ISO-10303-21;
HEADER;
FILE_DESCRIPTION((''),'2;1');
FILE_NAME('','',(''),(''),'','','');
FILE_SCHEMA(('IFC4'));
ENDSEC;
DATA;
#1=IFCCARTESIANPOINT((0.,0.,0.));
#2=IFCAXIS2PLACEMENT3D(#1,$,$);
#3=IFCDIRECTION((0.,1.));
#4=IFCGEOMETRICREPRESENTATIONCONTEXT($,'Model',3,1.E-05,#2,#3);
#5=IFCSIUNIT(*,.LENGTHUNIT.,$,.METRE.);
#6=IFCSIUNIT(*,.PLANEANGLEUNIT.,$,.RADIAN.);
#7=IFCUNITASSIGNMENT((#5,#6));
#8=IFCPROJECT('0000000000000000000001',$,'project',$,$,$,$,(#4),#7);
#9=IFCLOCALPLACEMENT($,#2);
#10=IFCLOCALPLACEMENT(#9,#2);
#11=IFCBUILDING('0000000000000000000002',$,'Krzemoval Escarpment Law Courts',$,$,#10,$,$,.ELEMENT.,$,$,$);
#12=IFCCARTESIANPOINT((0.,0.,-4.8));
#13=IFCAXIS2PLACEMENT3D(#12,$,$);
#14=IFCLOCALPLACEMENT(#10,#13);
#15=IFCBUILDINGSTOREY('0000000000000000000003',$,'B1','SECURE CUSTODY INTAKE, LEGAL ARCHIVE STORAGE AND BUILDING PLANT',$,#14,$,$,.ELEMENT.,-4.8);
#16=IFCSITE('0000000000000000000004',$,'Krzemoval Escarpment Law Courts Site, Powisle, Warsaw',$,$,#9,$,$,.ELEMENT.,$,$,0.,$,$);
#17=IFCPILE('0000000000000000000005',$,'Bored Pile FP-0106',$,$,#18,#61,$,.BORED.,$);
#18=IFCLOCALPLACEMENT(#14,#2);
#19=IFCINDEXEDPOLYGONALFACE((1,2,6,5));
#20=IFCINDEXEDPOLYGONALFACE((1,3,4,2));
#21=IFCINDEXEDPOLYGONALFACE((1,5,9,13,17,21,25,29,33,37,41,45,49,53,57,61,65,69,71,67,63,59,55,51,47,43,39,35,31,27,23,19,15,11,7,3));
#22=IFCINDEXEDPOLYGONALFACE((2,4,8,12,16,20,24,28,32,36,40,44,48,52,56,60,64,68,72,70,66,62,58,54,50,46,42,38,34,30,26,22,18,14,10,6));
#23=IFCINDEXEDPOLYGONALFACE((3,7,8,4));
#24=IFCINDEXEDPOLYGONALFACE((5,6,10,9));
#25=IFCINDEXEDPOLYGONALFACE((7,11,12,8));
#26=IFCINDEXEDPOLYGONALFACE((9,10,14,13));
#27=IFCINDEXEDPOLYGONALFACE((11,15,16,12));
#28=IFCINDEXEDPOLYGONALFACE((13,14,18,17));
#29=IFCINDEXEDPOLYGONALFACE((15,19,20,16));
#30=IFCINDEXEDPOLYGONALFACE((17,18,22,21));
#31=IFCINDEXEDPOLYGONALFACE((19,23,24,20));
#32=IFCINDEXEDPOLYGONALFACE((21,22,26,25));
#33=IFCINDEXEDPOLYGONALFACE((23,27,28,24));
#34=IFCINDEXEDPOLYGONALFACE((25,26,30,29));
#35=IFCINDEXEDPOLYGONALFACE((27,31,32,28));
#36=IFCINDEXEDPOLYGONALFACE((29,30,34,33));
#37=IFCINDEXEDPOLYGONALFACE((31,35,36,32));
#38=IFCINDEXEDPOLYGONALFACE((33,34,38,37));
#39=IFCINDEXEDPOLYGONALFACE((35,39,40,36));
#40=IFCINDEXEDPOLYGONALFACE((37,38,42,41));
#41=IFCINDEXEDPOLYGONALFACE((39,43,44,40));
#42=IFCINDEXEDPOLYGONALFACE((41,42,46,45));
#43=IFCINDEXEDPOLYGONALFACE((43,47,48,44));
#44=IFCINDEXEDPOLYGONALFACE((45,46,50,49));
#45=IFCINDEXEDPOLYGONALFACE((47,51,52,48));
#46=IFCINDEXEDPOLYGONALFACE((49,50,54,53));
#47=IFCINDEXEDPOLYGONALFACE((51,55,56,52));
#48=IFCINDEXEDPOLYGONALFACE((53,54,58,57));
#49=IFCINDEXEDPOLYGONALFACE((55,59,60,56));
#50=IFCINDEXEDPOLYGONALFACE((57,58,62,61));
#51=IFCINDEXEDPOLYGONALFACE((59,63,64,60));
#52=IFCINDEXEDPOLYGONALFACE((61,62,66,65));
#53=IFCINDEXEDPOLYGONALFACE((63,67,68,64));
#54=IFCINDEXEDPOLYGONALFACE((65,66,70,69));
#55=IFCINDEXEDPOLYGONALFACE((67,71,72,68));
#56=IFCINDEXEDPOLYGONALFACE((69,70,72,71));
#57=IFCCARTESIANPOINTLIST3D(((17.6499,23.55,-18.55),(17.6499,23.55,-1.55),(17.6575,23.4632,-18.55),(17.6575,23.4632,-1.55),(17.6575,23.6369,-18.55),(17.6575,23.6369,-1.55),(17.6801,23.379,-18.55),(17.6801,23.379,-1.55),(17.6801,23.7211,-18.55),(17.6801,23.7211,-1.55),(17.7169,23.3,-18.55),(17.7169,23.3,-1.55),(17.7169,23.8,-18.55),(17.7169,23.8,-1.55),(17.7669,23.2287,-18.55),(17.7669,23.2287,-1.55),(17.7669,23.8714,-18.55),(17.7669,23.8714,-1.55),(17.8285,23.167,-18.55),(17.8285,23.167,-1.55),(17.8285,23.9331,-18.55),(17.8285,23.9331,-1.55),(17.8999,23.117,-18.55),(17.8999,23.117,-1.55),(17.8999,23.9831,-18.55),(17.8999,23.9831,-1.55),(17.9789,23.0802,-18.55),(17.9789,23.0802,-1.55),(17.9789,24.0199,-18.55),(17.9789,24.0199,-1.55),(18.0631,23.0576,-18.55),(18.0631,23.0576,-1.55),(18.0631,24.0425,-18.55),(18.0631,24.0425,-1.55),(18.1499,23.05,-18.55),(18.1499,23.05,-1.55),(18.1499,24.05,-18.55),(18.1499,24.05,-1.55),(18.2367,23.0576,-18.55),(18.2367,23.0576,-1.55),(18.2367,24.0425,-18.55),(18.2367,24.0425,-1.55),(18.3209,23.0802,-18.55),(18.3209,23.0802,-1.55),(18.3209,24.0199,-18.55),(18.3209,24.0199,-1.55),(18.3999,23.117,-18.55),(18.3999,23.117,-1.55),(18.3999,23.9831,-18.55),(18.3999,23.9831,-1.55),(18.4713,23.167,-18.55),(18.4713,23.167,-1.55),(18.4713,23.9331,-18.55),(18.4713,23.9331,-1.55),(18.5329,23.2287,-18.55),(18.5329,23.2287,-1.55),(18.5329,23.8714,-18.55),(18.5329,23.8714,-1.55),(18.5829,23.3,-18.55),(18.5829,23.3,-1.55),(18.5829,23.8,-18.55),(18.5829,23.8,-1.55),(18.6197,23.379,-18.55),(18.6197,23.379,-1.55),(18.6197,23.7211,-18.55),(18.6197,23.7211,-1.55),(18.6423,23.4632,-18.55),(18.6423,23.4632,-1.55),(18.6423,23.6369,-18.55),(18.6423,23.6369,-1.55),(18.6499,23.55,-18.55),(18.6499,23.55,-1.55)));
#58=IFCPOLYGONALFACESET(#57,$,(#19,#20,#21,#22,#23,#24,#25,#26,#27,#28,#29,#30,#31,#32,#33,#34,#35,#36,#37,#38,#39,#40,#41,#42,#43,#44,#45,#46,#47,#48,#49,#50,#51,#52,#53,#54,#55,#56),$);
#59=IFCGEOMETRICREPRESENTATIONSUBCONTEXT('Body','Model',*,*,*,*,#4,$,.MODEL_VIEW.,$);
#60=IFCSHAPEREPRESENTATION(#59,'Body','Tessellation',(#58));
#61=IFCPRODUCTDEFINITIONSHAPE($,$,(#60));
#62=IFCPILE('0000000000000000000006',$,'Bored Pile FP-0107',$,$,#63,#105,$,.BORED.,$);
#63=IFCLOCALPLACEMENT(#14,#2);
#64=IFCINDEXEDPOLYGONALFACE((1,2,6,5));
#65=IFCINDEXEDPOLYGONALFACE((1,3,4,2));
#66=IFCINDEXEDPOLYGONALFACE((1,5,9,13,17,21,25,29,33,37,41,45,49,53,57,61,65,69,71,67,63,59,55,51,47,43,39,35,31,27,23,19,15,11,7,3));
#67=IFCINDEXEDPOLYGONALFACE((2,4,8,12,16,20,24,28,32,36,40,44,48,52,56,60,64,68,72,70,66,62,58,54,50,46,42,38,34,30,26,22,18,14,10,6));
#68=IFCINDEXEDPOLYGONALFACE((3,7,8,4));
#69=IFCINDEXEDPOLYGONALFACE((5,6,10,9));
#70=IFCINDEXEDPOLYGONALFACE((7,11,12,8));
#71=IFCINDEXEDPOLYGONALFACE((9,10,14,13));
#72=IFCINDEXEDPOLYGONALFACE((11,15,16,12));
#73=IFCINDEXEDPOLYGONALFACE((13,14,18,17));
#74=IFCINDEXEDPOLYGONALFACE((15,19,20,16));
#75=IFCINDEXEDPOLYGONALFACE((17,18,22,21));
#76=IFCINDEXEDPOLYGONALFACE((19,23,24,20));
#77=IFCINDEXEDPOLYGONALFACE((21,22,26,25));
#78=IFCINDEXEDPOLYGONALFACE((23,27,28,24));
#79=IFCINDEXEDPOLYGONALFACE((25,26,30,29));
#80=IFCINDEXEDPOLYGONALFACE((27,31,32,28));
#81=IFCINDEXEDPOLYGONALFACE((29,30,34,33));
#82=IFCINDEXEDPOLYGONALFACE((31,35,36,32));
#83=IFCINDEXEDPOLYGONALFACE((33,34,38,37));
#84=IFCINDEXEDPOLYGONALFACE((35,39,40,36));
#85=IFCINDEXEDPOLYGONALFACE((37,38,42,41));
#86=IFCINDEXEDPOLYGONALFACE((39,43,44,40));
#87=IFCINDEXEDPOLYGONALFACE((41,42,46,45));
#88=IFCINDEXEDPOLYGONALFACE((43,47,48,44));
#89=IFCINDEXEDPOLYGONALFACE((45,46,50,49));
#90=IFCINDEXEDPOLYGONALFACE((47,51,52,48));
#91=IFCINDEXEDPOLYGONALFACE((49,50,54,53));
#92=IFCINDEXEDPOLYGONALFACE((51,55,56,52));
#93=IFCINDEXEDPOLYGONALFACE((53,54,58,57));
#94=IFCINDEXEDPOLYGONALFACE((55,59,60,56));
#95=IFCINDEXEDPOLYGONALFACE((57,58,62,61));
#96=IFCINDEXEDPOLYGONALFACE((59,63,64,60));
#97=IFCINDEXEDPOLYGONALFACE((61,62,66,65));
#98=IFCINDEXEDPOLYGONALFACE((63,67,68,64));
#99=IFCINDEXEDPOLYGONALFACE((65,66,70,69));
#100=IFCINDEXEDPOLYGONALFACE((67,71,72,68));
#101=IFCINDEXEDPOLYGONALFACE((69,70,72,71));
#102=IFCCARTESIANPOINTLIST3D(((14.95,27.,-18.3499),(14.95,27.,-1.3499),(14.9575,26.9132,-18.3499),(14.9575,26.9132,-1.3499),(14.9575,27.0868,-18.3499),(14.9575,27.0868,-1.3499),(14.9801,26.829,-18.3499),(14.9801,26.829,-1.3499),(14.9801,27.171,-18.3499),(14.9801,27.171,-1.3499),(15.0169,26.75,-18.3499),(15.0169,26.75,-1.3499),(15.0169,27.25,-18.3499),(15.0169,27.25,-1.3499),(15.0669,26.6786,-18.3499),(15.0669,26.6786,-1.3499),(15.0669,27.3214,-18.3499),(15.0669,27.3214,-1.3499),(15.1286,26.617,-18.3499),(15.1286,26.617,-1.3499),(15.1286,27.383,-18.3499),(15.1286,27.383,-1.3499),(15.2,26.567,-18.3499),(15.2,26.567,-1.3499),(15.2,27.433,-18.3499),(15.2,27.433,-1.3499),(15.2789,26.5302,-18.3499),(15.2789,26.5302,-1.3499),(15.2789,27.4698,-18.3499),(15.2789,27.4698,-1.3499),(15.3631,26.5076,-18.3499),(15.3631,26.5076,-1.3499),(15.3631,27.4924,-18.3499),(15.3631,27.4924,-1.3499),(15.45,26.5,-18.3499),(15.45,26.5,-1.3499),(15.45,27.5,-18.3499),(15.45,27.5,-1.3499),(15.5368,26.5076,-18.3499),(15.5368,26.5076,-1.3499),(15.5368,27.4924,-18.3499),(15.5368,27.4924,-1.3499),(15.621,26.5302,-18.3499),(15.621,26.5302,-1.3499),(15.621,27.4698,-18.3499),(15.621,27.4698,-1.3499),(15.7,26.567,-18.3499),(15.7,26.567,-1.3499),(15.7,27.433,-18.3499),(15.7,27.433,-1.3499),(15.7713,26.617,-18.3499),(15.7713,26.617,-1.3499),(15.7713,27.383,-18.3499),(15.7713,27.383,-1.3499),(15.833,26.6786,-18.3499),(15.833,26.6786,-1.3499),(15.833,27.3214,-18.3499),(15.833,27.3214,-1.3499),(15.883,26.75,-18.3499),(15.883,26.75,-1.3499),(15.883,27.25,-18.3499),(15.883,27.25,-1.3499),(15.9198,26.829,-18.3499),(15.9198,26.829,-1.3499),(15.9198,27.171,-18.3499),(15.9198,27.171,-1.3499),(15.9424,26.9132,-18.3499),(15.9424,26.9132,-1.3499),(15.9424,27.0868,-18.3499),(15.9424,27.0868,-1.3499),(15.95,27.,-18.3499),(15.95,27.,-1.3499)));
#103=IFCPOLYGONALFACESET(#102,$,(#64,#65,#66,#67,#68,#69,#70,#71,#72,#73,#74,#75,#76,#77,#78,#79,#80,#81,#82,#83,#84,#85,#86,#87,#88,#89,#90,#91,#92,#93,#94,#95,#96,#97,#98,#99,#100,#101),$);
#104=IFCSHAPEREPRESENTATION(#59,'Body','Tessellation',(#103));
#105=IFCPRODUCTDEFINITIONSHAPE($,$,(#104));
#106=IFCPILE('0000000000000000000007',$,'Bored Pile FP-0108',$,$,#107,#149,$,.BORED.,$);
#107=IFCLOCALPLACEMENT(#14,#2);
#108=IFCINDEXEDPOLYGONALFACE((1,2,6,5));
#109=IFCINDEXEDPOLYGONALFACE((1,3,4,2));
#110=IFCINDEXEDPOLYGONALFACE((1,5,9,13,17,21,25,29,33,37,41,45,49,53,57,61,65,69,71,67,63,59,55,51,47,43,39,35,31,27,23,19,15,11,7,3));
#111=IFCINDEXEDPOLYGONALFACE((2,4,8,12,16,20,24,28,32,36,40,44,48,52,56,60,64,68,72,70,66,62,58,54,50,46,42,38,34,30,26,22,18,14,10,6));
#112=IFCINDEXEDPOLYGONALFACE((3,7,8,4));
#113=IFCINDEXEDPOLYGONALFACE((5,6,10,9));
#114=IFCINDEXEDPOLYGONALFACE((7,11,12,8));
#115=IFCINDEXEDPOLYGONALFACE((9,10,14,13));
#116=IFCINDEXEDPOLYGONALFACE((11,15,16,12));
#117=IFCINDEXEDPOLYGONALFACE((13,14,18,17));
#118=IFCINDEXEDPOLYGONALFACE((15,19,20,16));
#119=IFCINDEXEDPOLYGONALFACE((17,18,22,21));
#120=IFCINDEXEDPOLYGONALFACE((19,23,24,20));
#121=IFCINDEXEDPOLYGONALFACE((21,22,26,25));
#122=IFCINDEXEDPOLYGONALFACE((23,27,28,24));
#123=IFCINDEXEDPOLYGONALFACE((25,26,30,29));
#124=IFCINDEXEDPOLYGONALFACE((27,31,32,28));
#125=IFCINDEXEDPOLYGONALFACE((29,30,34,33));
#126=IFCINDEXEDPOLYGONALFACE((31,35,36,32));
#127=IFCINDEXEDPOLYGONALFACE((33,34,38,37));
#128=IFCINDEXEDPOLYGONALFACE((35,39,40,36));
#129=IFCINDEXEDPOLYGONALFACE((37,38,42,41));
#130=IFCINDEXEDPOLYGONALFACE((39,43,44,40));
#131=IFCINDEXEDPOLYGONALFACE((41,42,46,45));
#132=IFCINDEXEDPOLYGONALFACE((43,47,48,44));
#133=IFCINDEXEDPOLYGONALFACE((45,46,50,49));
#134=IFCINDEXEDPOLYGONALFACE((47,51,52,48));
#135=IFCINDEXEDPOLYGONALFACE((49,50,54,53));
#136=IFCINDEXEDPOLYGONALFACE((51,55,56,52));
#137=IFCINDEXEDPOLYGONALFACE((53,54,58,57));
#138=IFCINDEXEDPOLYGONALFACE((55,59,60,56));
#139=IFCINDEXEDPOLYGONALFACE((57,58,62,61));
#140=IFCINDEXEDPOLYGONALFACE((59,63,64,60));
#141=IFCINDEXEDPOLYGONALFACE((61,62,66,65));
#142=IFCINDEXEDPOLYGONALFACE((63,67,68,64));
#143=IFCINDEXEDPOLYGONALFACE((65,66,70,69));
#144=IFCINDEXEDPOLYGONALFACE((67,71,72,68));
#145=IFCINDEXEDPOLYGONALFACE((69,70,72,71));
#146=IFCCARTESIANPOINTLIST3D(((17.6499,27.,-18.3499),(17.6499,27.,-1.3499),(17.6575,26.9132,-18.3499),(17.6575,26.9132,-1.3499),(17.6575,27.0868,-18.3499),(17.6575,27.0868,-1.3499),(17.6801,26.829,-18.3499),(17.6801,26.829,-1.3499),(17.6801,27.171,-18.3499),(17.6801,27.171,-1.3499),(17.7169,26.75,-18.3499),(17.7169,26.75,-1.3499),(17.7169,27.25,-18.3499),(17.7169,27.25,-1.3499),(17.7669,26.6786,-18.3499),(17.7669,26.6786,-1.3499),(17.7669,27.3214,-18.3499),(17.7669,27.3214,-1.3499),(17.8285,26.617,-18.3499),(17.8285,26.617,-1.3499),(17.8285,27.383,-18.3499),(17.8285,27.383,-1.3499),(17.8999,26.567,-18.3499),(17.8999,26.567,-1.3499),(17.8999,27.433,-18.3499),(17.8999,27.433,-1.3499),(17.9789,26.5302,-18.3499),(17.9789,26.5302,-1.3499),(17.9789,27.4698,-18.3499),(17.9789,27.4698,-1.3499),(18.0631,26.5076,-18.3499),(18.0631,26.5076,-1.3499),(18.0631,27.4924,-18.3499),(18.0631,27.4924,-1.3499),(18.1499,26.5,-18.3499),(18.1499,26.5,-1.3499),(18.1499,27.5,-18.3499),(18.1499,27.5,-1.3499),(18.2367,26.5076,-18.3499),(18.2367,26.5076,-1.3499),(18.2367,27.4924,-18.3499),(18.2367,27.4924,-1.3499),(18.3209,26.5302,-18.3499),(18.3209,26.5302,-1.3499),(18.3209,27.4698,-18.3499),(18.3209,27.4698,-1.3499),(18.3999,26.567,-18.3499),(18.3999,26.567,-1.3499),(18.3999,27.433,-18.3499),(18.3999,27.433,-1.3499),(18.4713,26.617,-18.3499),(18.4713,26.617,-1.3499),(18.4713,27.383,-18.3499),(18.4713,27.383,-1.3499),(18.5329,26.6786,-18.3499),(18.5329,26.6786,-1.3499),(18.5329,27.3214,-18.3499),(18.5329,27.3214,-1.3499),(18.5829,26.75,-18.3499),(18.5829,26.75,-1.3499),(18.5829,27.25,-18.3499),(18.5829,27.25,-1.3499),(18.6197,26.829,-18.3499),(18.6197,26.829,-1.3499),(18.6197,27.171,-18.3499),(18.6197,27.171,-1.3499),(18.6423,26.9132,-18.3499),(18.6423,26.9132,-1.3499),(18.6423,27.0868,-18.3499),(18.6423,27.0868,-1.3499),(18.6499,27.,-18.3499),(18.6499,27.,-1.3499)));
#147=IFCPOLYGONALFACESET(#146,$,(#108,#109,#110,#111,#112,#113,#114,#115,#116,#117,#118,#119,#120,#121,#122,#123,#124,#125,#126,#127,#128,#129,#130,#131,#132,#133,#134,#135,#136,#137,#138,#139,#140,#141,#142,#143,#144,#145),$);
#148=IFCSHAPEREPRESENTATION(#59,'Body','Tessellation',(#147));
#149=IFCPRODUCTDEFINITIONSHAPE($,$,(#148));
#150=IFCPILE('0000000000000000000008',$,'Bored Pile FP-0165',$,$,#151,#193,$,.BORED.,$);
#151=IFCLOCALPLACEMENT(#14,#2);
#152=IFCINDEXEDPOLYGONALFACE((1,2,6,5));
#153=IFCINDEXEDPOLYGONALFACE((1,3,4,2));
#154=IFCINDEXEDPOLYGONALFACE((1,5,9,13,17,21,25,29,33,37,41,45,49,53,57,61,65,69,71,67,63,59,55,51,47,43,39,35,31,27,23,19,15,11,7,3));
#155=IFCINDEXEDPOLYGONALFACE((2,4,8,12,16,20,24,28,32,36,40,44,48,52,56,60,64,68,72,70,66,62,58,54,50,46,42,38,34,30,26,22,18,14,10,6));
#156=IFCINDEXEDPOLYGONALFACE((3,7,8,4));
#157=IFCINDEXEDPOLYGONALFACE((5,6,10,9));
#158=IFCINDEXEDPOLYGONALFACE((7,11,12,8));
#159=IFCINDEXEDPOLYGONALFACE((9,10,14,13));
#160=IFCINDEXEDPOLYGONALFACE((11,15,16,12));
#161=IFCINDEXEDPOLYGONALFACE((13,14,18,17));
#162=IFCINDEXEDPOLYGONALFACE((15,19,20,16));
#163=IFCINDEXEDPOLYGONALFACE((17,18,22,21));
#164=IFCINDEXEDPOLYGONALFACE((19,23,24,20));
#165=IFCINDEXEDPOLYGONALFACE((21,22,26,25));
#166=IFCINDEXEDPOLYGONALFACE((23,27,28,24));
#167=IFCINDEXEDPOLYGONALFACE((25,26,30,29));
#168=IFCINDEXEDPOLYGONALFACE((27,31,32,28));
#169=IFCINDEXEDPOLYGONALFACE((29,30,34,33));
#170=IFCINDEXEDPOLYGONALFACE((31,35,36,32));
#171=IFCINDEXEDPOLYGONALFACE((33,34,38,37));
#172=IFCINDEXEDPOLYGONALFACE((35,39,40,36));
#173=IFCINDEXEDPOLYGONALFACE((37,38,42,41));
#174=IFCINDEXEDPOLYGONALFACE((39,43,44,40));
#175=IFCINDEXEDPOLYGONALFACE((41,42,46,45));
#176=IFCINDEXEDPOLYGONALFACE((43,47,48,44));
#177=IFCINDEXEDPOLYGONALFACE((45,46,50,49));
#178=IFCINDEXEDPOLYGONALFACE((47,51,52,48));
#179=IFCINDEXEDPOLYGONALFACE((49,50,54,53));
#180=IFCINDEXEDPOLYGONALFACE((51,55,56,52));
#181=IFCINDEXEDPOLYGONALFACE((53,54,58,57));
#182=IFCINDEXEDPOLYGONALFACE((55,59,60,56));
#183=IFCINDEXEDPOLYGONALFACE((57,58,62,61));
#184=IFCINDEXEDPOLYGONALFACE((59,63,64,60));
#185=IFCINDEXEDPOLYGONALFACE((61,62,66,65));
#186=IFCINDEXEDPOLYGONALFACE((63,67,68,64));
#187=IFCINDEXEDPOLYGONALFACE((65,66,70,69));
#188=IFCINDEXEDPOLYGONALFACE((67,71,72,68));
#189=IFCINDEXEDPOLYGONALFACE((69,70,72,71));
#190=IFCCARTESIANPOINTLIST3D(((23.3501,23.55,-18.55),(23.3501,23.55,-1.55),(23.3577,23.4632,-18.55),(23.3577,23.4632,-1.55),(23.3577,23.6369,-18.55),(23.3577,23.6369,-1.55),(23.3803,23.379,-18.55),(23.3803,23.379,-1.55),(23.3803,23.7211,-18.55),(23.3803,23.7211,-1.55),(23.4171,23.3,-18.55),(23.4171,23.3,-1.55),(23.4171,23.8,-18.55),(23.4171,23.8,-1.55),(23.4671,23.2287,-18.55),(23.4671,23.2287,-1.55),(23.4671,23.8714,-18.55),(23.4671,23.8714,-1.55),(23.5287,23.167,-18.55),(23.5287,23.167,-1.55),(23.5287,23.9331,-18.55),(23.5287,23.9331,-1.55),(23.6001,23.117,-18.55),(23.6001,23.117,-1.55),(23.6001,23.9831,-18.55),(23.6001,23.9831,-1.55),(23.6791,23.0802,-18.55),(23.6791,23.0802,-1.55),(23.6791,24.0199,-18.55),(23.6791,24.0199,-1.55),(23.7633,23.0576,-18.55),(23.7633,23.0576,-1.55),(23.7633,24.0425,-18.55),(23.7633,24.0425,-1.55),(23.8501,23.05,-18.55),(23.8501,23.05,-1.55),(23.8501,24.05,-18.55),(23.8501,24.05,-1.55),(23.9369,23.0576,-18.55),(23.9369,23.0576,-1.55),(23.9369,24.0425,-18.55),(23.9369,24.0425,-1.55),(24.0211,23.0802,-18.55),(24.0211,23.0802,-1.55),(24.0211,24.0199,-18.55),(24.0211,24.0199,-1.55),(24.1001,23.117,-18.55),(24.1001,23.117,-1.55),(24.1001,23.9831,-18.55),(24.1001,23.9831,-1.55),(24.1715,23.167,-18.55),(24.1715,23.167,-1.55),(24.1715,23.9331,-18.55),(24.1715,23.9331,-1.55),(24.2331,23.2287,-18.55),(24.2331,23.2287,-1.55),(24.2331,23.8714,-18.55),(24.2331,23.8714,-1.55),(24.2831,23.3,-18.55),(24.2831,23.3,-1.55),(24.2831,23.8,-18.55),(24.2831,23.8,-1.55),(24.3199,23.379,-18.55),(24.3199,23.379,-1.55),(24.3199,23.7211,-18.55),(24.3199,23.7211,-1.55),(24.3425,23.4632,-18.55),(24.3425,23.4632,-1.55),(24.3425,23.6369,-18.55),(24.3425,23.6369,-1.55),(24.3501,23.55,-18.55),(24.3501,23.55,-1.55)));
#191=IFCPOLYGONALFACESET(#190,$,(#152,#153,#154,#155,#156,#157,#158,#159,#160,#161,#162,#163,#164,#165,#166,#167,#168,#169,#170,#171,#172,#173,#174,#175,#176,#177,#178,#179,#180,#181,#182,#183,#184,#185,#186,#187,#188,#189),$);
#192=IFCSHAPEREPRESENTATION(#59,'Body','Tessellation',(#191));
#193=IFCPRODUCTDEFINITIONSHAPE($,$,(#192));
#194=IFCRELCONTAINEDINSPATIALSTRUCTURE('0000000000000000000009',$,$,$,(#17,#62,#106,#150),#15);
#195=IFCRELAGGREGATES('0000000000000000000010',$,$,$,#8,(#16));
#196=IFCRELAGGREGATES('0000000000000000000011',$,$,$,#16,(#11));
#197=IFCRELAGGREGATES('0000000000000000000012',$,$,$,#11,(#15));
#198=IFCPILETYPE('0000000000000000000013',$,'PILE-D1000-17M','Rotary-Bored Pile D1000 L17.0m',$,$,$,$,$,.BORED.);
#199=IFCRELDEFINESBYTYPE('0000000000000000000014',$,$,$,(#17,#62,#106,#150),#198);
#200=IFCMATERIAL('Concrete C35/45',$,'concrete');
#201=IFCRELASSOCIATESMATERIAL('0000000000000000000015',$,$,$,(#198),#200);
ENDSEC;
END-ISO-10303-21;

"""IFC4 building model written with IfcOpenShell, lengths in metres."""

from ifc_helpers import new_model, si_unit, direction, frame, origin, origin_2d, place, context, subcontext, project, spatial, circle, extrude, material, material_profile, profile_set, type_object, element, save


model = new_model("IFC4")

# Units and contexts
model_context = context("Model", 3, precision=1e-05, world=origin(), true_north=direction((0.0, 1.0)))
body_context = subcontext(model_context, "Body", "Model", "MODEL_VIEW")
ifc_project = project(units=[si_unit("LENGTHUNIT", "METRE"), si_unit("PLANEANGLEUNIT", "RADIAN")], contexts=[model_context])

# Site, building, storey
site_placement = place(None, origin())
site = spatial("IfcSite", under=ifc_project, at=site_placement, Name="Krzemoval Escarpment Law Courts Site, Powisle, Warsaw", CompositionType="ELEMENT", RefElevation=0.0)
building_placement = place(site_placement, origin())
building = spatial("IfcBuilding", under=site, at=building_placement, Name="Krzemoval Escarpment Law Courts", CompositionType="ELEMENT")
storey_placement = place(building_placement, frame((0.0, 0.0, -4.8)))
storey = spatial("IfcBuildingStorey", under=building, at=storey_placement, Name="B1", Description="SECURE CUSTODY INTAKE, LEGAL ARCHIVE STORAGE AND BUILDING PLANT", CompositionType="ELEMENT", Elevation=-4.8)

# Piles
ifc_material_1 = material(Name="Concrete C35/45", Category="concrete")
ifc_material_profile_1 = material_profile(ifc_material_1, circle(Radius=0.5, at=origin_2d()), Name="PILE D1000")
ifc_profile_set_1 = profile_set([ifc_material_profile_1], Name="Concrete C35/45")
pile_type_1 = type_object("IfcPileType", Name="PILE-D1000-17M", Description="Rotary-Bored Pile D1000 L17.0m", PredefinedType="BORED", material=ifc_profile_set_1)
for number, where, z_axis, x_axis, name in (
    (1, (18.1499, 23.55, -1.55), (0.0, 0.0, -1.0), (1.0, 0.0, 0.0), "Bored Pile FP-0106"),
    (2, (15.45, 27.0, -1.3499), (0.0, 0.0, -1.0), (1.0, 0.0, 0.0), "Bored Pile FP-0107"),
    (3, (18.1499, 27.0, -1.3499), (0.0, 0.0, -1.0), (1.0, 0.0, 0.0), "Bored Pile FP-0108"),
    (4, (23.8501, 23.55, -1.55), (0.0, 0.0, -1.0), (1.0, 0.0, 0.0), "Bored Pile FP-0165"),
):
    element("IfcPile", number, at=place(storey_placement, frame(where, z_axis=z_axis, x_axis=x_axis)), inside=storey, type_object=pile_type_1, Name=name, PredefinedType="BORED", context=body_context, shape_type="SweptSolid", body=[
        extrude(circle(Radius=0.5, at=origin_2d()), origin(), (0.0, 0.0, 1.0), 17.0),
    ])

save(model, "model.ifc")
